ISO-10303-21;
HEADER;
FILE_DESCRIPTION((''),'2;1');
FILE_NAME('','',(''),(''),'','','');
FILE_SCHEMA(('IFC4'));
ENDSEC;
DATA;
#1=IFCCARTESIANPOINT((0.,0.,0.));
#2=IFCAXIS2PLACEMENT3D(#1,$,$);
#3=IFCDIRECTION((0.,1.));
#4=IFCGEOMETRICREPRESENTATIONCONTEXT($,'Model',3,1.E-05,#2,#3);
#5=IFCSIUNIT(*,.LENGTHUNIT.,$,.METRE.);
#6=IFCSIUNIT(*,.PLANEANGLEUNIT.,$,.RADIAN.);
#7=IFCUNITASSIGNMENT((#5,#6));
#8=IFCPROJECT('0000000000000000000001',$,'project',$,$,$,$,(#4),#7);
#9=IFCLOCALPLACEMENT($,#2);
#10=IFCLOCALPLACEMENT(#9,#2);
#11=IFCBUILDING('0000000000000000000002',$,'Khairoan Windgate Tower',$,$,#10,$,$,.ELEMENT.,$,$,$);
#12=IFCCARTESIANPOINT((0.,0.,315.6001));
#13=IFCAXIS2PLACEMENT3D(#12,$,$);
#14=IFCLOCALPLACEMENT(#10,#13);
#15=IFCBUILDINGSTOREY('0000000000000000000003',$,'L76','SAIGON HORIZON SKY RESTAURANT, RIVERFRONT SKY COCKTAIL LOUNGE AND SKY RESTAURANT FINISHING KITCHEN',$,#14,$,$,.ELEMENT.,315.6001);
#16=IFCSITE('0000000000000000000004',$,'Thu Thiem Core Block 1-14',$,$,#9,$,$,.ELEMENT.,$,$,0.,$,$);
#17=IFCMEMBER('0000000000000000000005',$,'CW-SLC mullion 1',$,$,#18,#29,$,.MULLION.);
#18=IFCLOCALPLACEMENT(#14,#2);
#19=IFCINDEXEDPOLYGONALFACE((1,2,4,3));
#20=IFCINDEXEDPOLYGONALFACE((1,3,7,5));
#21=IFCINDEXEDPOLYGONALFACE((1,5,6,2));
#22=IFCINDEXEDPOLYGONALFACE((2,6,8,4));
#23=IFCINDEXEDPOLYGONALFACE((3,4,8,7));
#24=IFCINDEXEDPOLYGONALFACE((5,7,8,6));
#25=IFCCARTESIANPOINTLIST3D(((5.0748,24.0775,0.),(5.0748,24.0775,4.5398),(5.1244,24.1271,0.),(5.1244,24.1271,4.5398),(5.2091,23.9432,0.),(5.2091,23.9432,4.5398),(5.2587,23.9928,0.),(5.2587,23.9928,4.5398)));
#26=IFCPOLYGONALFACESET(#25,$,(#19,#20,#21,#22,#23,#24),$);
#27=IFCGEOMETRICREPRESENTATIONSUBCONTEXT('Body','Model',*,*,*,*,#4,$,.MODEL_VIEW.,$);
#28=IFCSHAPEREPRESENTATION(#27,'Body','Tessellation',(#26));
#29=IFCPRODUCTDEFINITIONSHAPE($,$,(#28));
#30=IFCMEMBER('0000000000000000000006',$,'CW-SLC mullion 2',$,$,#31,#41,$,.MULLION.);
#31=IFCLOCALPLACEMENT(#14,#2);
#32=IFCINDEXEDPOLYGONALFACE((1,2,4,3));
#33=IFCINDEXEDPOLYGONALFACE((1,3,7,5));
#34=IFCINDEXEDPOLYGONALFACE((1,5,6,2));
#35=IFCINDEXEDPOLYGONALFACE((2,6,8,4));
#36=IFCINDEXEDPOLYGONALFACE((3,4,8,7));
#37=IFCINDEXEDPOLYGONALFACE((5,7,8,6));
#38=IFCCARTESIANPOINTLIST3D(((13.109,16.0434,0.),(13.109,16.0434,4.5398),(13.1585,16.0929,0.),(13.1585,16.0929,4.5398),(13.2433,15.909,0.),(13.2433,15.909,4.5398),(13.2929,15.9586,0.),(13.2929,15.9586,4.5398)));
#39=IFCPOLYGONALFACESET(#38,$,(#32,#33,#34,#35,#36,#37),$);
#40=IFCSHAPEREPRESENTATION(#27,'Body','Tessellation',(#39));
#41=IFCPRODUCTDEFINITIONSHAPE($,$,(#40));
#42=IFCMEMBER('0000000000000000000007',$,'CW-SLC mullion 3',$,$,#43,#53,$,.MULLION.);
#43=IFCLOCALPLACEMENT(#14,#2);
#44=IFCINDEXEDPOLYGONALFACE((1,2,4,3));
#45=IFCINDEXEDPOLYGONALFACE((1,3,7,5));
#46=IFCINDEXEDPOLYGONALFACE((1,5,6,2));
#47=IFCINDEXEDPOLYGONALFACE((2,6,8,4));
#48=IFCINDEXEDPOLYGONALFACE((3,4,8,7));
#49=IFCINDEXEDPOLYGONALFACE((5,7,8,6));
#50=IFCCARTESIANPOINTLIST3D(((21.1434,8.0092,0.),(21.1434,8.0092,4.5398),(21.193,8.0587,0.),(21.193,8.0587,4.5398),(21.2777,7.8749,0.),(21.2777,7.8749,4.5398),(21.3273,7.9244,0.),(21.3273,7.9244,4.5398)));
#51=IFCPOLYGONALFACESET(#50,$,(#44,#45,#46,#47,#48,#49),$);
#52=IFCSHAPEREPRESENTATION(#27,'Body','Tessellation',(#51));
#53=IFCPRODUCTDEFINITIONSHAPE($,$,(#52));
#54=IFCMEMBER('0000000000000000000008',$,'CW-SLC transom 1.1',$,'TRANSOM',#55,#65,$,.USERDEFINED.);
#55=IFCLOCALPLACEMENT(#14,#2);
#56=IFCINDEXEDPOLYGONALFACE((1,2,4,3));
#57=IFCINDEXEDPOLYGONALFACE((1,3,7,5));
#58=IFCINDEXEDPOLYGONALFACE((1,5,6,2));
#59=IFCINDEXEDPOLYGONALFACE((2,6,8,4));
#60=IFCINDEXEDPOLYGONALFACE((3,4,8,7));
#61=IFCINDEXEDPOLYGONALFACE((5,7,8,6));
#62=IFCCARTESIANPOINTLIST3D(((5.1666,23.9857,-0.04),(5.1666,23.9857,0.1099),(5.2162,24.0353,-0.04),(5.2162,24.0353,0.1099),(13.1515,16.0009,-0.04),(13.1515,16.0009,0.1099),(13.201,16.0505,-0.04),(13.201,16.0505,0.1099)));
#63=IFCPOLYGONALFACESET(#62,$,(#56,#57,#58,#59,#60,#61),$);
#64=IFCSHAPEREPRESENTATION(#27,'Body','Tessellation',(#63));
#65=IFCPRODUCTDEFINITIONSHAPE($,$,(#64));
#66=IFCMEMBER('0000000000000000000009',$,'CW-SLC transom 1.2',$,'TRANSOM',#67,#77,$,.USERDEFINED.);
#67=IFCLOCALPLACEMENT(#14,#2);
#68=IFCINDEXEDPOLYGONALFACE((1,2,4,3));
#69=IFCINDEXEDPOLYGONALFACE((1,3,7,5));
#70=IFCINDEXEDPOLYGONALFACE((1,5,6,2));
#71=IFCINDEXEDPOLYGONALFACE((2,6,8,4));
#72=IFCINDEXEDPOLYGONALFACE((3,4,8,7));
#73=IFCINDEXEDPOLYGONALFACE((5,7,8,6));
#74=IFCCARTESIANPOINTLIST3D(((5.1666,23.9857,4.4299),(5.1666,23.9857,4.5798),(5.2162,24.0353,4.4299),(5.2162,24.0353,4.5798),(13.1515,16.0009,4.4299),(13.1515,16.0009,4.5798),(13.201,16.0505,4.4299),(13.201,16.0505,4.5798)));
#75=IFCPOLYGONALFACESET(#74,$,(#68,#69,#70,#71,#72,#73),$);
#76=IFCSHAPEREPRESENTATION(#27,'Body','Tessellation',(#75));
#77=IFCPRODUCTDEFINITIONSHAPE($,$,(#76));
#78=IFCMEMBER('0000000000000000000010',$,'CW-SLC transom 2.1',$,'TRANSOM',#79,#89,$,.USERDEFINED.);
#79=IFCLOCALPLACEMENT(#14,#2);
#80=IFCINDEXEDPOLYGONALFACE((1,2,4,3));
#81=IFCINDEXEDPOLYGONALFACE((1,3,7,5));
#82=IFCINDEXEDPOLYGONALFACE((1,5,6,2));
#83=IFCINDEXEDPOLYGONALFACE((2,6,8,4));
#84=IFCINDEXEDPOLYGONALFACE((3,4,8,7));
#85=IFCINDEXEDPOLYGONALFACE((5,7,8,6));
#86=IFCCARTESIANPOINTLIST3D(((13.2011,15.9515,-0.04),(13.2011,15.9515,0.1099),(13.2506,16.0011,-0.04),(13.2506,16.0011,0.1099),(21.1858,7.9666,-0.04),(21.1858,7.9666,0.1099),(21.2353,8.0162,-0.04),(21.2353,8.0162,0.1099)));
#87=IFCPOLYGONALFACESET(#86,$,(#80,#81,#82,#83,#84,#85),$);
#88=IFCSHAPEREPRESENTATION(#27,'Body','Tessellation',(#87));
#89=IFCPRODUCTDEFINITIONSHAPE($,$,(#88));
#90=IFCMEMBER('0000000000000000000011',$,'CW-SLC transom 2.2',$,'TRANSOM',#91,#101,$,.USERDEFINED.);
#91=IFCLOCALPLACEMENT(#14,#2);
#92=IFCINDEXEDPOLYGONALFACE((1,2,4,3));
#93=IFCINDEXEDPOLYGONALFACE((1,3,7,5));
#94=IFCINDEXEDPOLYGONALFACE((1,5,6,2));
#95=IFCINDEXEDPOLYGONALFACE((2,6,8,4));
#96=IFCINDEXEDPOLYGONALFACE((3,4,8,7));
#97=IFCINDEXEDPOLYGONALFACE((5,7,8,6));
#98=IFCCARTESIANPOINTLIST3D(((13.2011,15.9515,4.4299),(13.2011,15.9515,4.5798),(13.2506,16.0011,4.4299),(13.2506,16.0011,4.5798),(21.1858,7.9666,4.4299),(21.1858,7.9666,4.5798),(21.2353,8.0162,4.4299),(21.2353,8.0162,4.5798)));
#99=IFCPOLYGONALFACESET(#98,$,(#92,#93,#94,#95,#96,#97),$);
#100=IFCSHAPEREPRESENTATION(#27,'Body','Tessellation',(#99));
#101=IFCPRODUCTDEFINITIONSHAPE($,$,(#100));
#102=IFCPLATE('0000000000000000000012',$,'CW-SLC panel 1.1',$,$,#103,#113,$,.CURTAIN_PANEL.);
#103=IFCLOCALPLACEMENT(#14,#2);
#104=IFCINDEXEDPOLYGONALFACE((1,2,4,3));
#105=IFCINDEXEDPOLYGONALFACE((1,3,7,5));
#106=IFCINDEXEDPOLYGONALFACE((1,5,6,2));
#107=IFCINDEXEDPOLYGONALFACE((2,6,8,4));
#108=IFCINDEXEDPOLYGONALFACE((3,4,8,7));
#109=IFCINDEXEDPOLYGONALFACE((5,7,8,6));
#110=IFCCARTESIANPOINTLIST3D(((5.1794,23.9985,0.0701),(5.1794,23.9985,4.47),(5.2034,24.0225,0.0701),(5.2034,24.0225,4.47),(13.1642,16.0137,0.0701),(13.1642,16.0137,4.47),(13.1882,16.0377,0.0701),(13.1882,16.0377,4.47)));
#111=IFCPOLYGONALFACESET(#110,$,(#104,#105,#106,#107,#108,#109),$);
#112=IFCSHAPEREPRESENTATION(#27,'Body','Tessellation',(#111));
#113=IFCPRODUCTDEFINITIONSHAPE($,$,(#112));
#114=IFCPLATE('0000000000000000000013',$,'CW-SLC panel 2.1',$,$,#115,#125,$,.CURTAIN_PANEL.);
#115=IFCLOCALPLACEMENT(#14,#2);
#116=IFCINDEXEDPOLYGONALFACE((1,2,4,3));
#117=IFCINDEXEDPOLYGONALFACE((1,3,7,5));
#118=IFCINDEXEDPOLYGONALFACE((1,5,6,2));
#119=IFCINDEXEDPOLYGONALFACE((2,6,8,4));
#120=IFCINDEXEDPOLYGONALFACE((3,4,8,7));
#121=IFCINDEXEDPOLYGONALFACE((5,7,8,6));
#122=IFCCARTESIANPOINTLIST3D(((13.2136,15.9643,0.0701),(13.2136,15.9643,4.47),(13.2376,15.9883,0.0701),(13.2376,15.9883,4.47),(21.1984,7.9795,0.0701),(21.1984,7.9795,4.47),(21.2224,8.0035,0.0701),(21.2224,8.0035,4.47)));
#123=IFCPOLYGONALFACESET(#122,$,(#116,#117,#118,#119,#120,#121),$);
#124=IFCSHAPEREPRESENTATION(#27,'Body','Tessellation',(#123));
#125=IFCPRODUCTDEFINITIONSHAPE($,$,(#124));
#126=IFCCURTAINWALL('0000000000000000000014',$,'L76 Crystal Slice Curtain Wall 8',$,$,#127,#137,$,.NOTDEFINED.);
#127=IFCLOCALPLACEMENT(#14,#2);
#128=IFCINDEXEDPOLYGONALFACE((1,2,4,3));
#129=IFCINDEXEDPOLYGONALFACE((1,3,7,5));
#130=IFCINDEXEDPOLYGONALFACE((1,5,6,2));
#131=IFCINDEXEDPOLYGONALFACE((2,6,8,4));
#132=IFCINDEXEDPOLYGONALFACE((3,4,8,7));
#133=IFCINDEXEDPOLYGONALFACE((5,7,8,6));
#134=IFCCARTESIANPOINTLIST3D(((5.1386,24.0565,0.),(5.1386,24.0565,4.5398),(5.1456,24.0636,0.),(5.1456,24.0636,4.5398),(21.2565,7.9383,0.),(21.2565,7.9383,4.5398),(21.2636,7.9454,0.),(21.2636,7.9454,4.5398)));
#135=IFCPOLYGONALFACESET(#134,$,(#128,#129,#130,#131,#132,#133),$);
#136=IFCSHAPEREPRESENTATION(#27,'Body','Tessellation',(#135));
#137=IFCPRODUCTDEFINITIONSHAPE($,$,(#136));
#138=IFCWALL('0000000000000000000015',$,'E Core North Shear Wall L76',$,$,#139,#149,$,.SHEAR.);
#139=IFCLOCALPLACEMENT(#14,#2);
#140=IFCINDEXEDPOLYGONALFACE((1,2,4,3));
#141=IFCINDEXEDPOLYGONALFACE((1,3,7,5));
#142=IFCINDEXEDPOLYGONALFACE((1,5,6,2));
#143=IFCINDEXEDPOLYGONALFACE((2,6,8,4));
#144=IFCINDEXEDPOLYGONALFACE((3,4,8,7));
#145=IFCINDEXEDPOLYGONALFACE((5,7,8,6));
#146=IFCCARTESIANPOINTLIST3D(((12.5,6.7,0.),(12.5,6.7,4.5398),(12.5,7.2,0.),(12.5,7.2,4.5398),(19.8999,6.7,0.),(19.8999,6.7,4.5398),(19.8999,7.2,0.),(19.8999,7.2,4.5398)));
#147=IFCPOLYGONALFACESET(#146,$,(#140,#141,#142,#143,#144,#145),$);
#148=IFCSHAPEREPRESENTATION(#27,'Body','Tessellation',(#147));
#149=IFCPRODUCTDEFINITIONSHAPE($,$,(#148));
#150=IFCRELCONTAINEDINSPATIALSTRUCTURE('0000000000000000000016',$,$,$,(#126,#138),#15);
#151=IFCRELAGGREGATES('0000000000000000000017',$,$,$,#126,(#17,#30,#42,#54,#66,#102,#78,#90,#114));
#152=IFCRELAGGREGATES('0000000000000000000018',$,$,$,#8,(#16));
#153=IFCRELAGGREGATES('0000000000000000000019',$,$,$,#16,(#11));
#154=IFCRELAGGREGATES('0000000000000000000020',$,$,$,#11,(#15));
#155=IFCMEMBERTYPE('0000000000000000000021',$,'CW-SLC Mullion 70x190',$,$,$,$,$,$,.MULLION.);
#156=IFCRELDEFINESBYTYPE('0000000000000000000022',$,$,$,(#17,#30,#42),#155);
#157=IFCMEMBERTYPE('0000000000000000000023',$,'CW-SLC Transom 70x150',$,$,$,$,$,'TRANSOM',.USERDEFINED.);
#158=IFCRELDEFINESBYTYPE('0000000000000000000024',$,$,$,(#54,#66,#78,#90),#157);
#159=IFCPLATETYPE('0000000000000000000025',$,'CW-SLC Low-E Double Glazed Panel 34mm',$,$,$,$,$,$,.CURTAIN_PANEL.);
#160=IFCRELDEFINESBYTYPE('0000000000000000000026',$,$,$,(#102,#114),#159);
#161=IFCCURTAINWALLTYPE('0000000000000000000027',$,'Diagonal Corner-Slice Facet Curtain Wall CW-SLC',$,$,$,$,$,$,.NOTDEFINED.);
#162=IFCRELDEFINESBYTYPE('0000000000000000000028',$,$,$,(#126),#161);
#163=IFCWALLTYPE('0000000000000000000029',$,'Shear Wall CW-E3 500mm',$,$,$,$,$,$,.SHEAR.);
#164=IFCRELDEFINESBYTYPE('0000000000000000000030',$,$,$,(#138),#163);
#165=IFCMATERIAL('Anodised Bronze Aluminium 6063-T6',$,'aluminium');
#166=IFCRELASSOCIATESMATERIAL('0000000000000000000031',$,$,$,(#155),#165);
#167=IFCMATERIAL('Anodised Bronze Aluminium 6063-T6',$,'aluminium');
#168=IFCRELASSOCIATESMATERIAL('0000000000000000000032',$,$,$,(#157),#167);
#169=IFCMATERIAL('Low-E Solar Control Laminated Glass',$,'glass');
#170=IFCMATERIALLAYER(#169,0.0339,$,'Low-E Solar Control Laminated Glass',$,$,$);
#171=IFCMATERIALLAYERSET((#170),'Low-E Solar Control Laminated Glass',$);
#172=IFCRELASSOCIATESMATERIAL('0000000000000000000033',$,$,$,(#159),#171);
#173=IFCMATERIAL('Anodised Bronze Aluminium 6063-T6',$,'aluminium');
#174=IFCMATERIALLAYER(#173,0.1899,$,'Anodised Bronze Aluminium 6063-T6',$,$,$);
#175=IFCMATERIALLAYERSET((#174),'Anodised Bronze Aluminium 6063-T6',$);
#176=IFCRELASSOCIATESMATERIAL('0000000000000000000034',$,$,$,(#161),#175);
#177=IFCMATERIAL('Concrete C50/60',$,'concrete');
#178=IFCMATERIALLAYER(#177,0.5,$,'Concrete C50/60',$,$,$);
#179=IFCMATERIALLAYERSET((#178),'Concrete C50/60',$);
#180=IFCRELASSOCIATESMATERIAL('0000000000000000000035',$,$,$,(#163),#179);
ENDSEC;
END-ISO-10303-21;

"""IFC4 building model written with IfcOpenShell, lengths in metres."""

from ifc_helpers import new_model, si_unit, direction, frame, frame_2d, origin, origin_2d, place, context, subcontext, project, spatial, rectangle, extrude, material, layer, layer_set, material_profile, profile_set, type_object, element, aggregate, save


model = new_model("IFC4")

# Units and contexts
model_context = context("Model", 3, precision=1e-05, world=origin(), true_north=direction((0.0, 1.0)))
body_context = subcontext(model_context, "Body", "Model", "MODEL_VIEW")
ifc_project = project(units=[si_unit("LENGTHUNIT", "METRE"), si_unit("PLANEANGLEUNIT", "RADIAN")], contexts=[model_context])

# Site, building, storey
site_placement = place(None, origin())
site = spatial("IfcSite", under=ifc_project, at=site_placement, Name="Thu Thiem Core Block 1-14", CompositionType="ELEMENT", RefElevation=0.0)
building_placement = place(site_placement, origin())
building = spatial("IfcBuilding", under=site, at=building_placement, Name="Khairoan Windgate Tower", CompositionType="ELEMENT")
storey_placement = place(building_placement, frame((0.0, 0.0, 315.6001)))
storey = spatial("IfcBuildingStorey", under=building, at=storey_placement, Name="L76", Description="SAIGON HORIZON SKY RESTAURANT, RIVERFRONT SKY COCKTAIL LOUNGE AND SKY RESTAURANT FINISHING KITCHEN", CompositionType="ELEMENT", Elevation=315.6001)

# Members
ifc_material_1 = material(Name="Anodised Bronze Aluminium 6063-T6", Category="aluminium")
ifc_material_profile_1 = material_profile(ifc_material_1, rectangle(XDim=0.0701, YDim=0.1899, at=origin_2d()))
ifc_profile_set_1 = profile_set([ifc_material_profile_1], Name="Anodised Bronze Aluminium 6063-T6")
member_type_1 = type_object("IfcMemberType", Name="CW-SLC Mullion 70x190", PredefinedType="MULLION", material=ifc_profile_set_1)
member_1_placement = place(storey_placement, frame((5.1667, 24.0352, 0.0), z_axis=(0.0, 0.0, 1.0), x_axis=(0.707107, 0.707107, 0.0)))
member_1 = element("IfcMember", 1, at=member_1_placement, type_object=member_type_1, Name="CW-SLC mullion 1", PredefinedType="MULLION", context=body_context, shape_type="SweptSolid", body=[
    extrude(rectangle(XDim=0.0701, YDim=0.1899, at=origin_2d()), origin(), (0.0, 0.0, 1.0), 4.5398),
])
member_2_placement = place(storey_placement, frame((13.2009, 16.001, 0.0), z_axis=(0.0, 0.0, 1.0), x_axis=(0.707107, 0.707107, 0.0)))
member_2 = element("IfcMember", 2, at=member_2_placement, type_object=member_type_1, Name="CW-SLC mullion 2", PredefinedType="MULLION", context=body_context, shape_type="SweptSolid", body=[
    extrude(rectangle(XDim=0.0701, YDim=0.1899, at=origin_2d()), origin(), (0.0, 0.0, 1.0), 4.5398),
])
member_3_placement = place(storey_placement, frame((21.2354, 7.9668, 0.0), z_axis=(0.0, 0.0, 1.0), x_axis=(0.707107, 0.707107, 0.0)))
member_3 = element("IfcMember", 3, at=member_3_placement, type_object=member_type_1, Name="CW-SLC mullion 3", PredefinedType="MULLION", context=body_context, shape_type="SweptSolid", body=[
    extrude(rectangle(XDim=0.0701, YDim=0.1899, at=origin_2d()), origin(), (0.0, 0.0, 1.0), 4.5398),
])
ifc_material_2 = material(Name="Anodised Bronze Aluminium 6063-T6", Category="aluminium")
ifc_material_profile_2 = material_profile(ifc_material_2, rectangle(XDim=0.0701, YDim=0.1499, at=origin_2d()))
ifc_profile_set_2 = profile_set([ifc_material_profile_2], Name="Anodised Bronze Aluminium 6063-T6")
member_type_2 = type_object("IfcMemberType", Name="CW-SLC Transom 70x150", ElementType="TRANSOM", PredefinedType="USERDEFINED", material=ifc_profile_set_2)
member_4_placement = place(storey_placement, frame((5.1914, 24.0105, 0.0349), z_axis=(0.707107, -0.707107, 0.0), x_axis=(0.707107, 0.707107, 0.0)))
member_4 = element("IfcMember", 4, at=member_4_placement, type_object=member_type_2, Name="CW-SLC transom 1.1", ObjectType="TRANSOM", PredefinedType="USERDEFINED", context=body_context, shape_type="SweptSolid", body=[
    extrude(rectangle(XDim=0.0701, YDim=0.1499, at=origin_2d()), origin(), (0.0, 0.0, 1.0), 11.2922),
])
member_5_placement = place(storey_placement, frame((5.1914, 24.0105, 4.5049), z_axis=(0.707107, -0.707107, 0.0), x_axis=(0.707107, 0.707107, 0.0)))
member_5 = element("IfcMember", 5, at=member_5_placement, type_object=member_type_2, Name="CW-SLC transom 1.2", ObjectType="TRANSOM", PredefinedType="USERDEFINED", context=body_context, shape_type="SweptSolid", body=[
    extrude(rectangle(XDim=0.0701, YDim=0.1499, at=origin_2d()), origin(), (0.0, 0.0, 1.0), 11.2922),
])
member_6_placement = place(storey_placement, frame((13.2258, 15.9763, 0.0349), z_axis=(0.707096, -0.707118, 0.0), x_axis=(0.707118, 0.707096, 0.0)))
member_6 = element("IfcMember", 6, at=member_6_placement, type_object=member_type_2, Name="CW-SLC transom 2.1", ObjectType="TRANSOM", PredefinedType="USERDEFINED", context=body_context, shape_type="SweptSolid", body=[
    extrude(rectangle(XDim=0.0701, YDim=0.1499, at=origin_2d()), origin(), (0.0, 0.0, 1.0), 11.2922),
])
member_7_placement = place(storey_placement, frame((13.2258, 15.9763, 4.5049), z_axis=(0.707096, -0.707118, 0.0), x_axis=(0.707118, 0.707096, 0.0)))
member_7 = element("IfcMember", 7, at=member_7_placement, type_object=member_type_2, Name="CW-SLC transom 2.2", ObjectType="TRANSOM", PredefinedType="USERDEFINED", context=body_context, shape_type="SweptSolid", body=[
    extrude(rectangle(XDim=0.0701, YDim=0.1499, at=origin_2d()), origin(), (0.0, 0.0, 1.0), 11.2922),
])

# Plates
ifc_material_3 = material(Name="Low-E Solar Control Laminated Glass", Category="glass")
ifc_layer_1 = layer(ifc_material_3, 0.0339, Name="Low-E Solar Control Laminated Glass")
ifc_layer_set_1 = layer_set([ifc_layer_1], Name="Low-E Solar Control Laminated Glass")
plate_type_1 = type_object("IfcPlateType", Name="CW-SLC Low-E Double Glazed Panel 34mm", PredefinedType="CURTAIN_PANEL", material=ifc_layer_set_1)
plate_1_placement = place(storey_placement, frame((9.1838, 20.0181, 0.0701), z_axis=(0.0, 0.0, 1.0), x_axis=(0.707107, -0.707107, 0.0)))
plate_1 = element("IfcPlate", 8, at=plate_1_placement, type_object=plate_type_1, Name="CW-SLC panel 1.1", PredefinedType="CURTAIN_PANEL", context=body_context, shape_type="SweptSolid", body=[
    extrude(rectangle(XDim=11.2922, YDim=0.0339, at=origin_2d()), origin(), (0.0, 0.0, 1.0), 4.3999),
])
plate_2_placement = place(storey_placement, frame((17.218, 11.9839, 0.0701), z_axis=(0.0, 0.0, 1.0), x_axis=(0.707107, -0.707107, 0.0)))
plate_2 = element("IfcPlate", 9, at=plate_2_placement, type_object=plate_type_1, Name="CW-SLC panel 2.1", PredefinedType="CURTAIN_PANEL", context=body_context, shape_type="SweptSolid", body=[
    extrude(rectangle(XDim=11.2922, YDim=0.0339, at=origin_2d()), origin(), (0.0, 0.0, 1.0), 4.3999),
])

# Curtain wall
ifc_material_4 = material(Name="Anodised Bronze Aluminium 6063-T6", Category="aluminium")
ifc_layer_2 = layer(ifc_material_4, 0.1899, Name="Anodised Bronze Aluminium 6063-T6")
ifc_layer_set_2 = layer_set([ifc_layer_2], Name="Anodised Bronze Aluminium 6063-T6")
curtain_wall_type_1 = type_object("IfcCurtainWallType", Name="Diagonal Corner-Slice Facet Curtain Wall CW-SLC", PredefinedType="NOTDEFINED", material=ifc_layer_set_2)
curtain_wall_1_placement = place(storey_placement, frame((5.1421, 24.0601, 0.0), z_axis=(0.0, 0.0, 1.0), x_axis=(0.707101, -0.707112, 0.0)))
curtain_wall_1 = element("IfcCurtainWall", 10, at=curtain_wall_1_placement, inside=storey, type_object=curtain_wall_type_1, Name="L76 Crystal Slice Curtain Wall 8", PredefinedType="NOTDEFINED", context=body_context, shape_type="SweptSolid", body=[
    extrude(rectangle(XDim=22.7944, YDim=0.01, at=frame_2d((11.3972, 0.0))), origin(), (0.0, 0.0, 1.0), 4.5398),
])
aggregate(curtain_wall_1, [member_1, member_2, member_3, member_4, member_5, plate_1, member_6, member_7, plate_2])

# Wall
ifc_material_5 = material(Name="Concrete C50/60", Category="concrete")
ifc_layer_3 = layer(ifc_material_5, 0.5, Name="Concrete C50/60")
ifc_layer_set_3 = layer_set([ifc_layer_3], Name="Concrete C50/60")
wall_type = type_object("IfcWallType", Name="Shear Wall CW-E3 500mm", PredefinedType="SHEAR", material=ifc_layer_set_3)
wall_placement = place(storey_placement, frame((12.5, 6.95, 0.0), z_axis=(0.0, 0.0, 1.0), x_axis=(1.0, 0.0, 0.0)))
element("IfcWall", 11, at=wall_placement, inside=storey, type_object=wall_type, Name="E Core North Shear Wall L76", PredefinedType="SHEAR", context=body_context, shape_type="SweptSolid", body=[
    extrude(rectangle(XDim=7.3999, YDim=0.5, at=frame_2d((3.7, 0.0))), origin(), (0.0, 0.0, 1.0), 4.5398),
])

save(model, "model.ifc")
